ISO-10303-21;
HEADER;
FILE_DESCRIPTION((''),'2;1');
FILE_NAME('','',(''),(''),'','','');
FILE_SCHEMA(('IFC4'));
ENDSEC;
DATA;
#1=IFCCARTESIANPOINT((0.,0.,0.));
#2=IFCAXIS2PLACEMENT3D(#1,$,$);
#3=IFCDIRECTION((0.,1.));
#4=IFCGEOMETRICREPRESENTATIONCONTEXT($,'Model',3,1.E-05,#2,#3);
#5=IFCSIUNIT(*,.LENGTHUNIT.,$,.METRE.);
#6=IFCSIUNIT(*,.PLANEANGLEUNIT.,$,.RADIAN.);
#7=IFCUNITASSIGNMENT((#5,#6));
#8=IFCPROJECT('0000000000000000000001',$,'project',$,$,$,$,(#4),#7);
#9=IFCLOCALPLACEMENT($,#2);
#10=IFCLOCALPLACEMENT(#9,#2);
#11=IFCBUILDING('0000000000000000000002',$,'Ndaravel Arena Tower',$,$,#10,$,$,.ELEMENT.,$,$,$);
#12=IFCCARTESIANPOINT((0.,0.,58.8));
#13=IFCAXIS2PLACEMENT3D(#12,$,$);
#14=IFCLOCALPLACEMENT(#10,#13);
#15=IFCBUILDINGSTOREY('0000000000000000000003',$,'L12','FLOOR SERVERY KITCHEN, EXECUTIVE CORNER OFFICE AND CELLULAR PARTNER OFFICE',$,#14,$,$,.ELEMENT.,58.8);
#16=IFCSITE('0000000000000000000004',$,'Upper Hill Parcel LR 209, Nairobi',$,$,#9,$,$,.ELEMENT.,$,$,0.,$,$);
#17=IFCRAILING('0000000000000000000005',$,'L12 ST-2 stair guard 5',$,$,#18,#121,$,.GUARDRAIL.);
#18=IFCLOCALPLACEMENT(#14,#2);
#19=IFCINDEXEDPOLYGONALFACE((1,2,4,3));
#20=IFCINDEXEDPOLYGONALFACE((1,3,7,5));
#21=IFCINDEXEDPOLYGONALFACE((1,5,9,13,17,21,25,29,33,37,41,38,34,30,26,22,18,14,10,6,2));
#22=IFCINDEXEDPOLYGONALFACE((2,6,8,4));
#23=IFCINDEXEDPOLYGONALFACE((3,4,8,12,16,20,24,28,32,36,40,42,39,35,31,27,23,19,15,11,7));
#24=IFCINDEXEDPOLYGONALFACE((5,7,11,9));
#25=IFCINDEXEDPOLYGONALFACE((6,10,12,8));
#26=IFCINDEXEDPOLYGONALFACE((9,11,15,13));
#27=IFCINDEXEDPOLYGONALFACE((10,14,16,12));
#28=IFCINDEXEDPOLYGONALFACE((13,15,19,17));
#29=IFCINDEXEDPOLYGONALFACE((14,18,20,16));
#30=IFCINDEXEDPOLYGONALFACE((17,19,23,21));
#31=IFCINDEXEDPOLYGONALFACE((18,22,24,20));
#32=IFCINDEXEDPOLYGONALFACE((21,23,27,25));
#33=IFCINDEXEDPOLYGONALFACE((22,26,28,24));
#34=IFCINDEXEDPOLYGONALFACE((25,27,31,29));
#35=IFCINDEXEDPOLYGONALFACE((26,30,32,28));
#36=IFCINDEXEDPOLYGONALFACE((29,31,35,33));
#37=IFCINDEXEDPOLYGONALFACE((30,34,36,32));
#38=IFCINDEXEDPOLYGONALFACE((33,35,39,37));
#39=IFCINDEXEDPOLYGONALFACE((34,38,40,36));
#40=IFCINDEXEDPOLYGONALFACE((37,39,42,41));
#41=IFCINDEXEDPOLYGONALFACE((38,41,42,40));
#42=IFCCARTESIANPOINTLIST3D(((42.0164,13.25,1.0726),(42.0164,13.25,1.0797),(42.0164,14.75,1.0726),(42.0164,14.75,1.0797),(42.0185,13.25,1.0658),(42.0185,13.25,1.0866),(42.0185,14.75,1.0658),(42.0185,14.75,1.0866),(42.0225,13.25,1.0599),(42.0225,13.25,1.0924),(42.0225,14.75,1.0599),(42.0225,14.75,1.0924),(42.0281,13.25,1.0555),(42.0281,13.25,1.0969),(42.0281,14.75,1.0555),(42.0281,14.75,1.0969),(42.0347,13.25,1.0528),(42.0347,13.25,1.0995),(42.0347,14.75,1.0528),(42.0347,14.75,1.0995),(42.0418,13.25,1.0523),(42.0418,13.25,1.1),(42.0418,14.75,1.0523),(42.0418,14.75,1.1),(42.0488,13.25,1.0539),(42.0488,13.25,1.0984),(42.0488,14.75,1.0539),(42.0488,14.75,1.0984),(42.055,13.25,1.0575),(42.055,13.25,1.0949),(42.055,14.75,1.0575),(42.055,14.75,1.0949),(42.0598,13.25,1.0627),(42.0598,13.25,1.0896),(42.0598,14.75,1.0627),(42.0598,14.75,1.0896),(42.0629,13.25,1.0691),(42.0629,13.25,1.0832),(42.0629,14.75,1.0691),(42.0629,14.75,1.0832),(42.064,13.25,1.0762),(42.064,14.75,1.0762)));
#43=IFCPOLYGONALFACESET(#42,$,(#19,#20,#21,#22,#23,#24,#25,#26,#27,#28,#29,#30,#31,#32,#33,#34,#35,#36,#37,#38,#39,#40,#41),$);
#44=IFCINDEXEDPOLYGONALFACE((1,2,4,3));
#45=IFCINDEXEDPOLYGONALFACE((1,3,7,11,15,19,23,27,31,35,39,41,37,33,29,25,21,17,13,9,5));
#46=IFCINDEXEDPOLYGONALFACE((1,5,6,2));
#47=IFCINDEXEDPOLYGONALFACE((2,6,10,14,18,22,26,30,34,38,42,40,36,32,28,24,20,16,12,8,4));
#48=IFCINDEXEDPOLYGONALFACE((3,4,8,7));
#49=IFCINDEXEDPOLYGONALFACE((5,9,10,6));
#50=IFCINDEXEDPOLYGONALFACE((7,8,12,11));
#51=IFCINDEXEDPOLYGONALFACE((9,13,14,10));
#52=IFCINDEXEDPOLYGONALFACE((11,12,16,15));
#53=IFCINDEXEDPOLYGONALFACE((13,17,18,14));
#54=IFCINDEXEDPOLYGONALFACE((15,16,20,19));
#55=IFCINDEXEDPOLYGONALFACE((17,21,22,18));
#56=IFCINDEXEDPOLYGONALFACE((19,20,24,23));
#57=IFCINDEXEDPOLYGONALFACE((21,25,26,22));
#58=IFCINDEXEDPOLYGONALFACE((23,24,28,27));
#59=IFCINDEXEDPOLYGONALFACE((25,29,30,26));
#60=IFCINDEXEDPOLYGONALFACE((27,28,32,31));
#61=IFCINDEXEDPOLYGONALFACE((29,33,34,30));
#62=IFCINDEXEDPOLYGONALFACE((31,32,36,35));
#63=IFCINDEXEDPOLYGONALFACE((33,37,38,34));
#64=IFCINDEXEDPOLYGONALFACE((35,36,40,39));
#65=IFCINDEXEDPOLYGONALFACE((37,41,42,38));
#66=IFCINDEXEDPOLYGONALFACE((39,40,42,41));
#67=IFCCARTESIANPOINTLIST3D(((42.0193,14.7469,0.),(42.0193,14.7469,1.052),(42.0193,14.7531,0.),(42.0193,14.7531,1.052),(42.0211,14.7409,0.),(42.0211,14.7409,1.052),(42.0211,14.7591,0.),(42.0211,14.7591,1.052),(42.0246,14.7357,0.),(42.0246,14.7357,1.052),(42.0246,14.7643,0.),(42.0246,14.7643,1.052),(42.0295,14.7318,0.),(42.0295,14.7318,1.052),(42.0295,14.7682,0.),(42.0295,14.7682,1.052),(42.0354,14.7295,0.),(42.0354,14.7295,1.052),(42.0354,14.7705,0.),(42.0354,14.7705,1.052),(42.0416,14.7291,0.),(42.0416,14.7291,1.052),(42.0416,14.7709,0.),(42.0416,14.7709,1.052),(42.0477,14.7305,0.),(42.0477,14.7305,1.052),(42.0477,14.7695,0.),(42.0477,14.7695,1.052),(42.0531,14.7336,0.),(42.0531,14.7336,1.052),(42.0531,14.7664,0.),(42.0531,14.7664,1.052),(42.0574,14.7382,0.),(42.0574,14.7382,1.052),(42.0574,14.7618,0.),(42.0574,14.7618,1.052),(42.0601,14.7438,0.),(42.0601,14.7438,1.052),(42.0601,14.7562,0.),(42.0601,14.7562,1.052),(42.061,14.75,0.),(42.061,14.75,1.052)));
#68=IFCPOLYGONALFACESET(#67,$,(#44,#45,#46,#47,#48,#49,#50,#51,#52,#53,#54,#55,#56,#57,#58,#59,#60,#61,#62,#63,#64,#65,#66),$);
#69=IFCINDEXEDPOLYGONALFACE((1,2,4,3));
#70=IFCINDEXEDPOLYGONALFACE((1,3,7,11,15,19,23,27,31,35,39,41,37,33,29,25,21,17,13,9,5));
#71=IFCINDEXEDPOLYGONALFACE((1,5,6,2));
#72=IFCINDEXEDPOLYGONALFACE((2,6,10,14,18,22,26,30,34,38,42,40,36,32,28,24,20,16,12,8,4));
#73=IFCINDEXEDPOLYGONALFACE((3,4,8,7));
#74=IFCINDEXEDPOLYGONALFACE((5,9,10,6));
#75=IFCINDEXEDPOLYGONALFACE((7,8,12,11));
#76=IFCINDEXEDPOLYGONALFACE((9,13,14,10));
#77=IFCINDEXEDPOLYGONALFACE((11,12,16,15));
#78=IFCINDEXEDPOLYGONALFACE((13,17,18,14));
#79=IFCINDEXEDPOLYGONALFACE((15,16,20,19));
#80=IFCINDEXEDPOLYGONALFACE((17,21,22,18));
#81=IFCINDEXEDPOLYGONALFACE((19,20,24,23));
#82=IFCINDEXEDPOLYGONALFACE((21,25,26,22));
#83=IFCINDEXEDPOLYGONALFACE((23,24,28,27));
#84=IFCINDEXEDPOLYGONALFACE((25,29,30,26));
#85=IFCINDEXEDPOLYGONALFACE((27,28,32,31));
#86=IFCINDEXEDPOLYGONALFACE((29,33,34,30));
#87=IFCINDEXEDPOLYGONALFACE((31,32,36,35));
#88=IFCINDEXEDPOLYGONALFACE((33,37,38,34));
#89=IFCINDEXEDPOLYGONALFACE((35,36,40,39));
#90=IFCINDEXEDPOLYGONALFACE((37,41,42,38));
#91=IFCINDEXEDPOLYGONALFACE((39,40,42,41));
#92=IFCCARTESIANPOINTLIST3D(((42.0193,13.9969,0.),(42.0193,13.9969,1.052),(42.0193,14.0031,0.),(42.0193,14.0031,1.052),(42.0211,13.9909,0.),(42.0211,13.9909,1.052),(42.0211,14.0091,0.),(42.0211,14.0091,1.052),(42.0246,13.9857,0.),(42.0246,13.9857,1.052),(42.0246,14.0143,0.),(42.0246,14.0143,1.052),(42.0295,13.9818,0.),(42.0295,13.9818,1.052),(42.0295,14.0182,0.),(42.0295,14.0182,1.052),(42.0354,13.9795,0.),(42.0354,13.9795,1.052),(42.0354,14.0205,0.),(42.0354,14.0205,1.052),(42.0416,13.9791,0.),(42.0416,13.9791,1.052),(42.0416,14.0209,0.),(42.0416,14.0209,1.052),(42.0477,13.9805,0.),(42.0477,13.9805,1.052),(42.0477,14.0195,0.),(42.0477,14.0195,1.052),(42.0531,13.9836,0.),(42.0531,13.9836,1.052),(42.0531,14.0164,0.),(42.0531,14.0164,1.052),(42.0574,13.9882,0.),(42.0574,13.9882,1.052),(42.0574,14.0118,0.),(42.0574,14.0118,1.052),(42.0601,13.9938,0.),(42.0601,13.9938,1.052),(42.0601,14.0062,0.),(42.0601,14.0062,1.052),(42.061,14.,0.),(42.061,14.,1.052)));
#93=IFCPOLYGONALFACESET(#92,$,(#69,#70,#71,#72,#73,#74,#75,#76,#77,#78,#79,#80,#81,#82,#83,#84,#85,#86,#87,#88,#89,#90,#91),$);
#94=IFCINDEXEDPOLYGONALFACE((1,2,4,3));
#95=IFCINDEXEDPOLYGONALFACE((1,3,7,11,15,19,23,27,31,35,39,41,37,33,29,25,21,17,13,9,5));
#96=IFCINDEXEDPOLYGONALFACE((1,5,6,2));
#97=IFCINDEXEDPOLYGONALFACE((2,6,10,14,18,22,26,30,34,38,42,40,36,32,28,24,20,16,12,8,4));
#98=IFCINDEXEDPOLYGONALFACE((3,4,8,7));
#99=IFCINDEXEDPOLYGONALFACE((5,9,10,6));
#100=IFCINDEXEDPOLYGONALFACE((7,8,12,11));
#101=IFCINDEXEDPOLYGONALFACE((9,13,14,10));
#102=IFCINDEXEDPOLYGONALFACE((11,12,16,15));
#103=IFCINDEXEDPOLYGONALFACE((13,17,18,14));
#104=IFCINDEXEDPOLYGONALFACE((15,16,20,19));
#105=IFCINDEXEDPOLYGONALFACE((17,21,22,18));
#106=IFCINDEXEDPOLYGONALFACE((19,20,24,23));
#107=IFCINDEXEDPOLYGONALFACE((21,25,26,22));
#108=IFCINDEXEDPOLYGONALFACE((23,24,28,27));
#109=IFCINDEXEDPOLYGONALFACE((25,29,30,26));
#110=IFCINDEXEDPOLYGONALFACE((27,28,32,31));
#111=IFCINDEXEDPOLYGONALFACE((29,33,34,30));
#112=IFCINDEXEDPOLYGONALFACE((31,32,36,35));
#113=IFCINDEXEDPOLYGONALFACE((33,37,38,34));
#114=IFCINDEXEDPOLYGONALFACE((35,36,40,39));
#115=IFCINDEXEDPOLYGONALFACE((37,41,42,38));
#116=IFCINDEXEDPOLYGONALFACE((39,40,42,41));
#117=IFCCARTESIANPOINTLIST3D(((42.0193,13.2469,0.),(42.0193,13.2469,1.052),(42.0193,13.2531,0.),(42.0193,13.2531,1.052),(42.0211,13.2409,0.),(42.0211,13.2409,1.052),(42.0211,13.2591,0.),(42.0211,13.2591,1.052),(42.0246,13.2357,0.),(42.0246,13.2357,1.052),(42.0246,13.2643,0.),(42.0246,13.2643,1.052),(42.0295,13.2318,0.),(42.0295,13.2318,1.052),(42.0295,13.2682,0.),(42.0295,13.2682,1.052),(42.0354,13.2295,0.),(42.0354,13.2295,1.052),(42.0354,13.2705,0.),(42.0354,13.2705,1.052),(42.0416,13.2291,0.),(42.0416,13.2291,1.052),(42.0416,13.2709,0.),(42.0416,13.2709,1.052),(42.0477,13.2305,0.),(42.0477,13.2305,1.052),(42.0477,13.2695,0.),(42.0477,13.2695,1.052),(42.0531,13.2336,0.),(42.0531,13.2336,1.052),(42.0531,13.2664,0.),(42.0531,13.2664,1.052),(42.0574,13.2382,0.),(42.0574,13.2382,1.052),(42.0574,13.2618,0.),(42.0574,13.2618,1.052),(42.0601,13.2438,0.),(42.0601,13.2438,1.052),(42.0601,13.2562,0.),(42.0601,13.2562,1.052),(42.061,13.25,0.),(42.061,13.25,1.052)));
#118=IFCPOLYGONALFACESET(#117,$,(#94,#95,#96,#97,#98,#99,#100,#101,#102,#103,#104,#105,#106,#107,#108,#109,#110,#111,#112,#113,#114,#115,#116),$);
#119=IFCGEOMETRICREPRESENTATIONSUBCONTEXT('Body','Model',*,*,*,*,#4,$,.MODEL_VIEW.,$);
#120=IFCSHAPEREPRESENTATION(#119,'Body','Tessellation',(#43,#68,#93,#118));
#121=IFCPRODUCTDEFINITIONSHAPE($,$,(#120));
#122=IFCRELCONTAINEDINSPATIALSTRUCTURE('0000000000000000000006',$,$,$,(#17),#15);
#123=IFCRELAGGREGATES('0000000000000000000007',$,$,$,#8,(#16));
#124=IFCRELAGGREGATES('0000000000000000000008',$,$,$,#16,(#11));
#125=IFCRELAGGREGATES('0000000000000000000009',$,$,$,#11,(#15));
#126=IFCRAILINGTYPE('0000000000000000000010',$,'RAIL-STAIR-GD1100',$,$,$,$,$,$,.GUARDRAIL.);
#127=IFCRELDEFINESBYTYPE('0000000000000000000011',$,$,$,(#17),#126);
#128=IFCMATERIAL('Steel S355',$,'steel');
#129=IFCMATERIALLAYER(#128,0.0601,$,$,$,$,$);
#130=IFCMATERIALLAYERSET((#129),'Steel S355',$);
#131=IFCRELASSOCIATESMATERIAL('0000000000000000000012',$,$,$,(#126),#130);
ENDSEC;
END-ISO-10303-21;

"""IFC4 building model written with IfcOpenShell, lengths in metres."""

from ifc_helpers import new_model, si_unit, direction, frame, origin, origin_2d, place, context, subcontext, project, spatial, circle, extrude, material, layer, layer_set, type_object, element, save


model = new_model("IFC4")

# Units and contexts
model_context = context("Model", 3, precision=1e-05, world=origin(), true_north=direction((0.0, 1.0)))
body_context = subcontext(model_context, "Body", "Model", "MODEL_VIEW")
ifc_project = project(units=[si_unit("LENGTHUNIT", "METRE"), si_unit("PLANEANGLEUNIT", "RADIAN")], contexts=[model_context])

# Site, building, storey
site_placement = place(None, origin())
site = spatial("IfcSite", under=ifc_project, at=site_placement, Name="Upper Hill Parcel LR 209, Nairobi", CompositionType="ELEMENT", RefElevation=0.0)
building_placement = place(site_placement, origin())
building = spatial("IfcBuilding", under=site, at=building_placement, Name="Ndaravel Arena Tower", CompositionType="ELEMENT")
storey_placement = place(building_placement, frame((0.0, 0.0, 58.8)))
storey = spatial("IfcBuildingStorey", under=building, at=storey_placement, Name="L12", Description="FLOOR SERVERY KITCHEN, EXECUTIVE CORNER OFFICE AND CELLULAR PARTNER OFFICE", CompositionType="ELEMENT", Elevation=58.8)

# Railing
ifc_material_1 = material(Name="Steel S355", Category="steel")
ifc_layer_1 = layer(ifc_material_1, 0.0601)
ifc_layer_set_1 = layer_set([ifc_layer_1], Name="Steel S355")
railing_type = type_object("IfcRailingType", Name="RAIL-STAIR-GD1100", PredefinedType="GUARDRAIL", material=ifc_layer_set_1)
for number, where, name in (
    (1, (42.04, 14.75, 0.0), "L12 ST-2 stair guard 5"),
):
    element("IfcRailing", number, at=place(storey_placement, frame(where)), inside=storey, type_object=railing_type, Name=name, PredefinedType="GUARDRAIL", context=body_context, shape_type="SweptSolid", body=[
        extrude(circle(Radius=0.0239, at=origin_2d()), frame((0.0, 0.0, 1.0762), z_axis=(0.0, -1.0, 0.0), x_axis=(1.0, 0.0, 0.0)), (0.0, 0.0, 1.0), 1.5),
        extrude(circle(Radius=0.021, at=origin_2d()), origin(), (0.0, 0.0, 1.0), 1.052),
        extrude(circle(Radius=0.021, at=origin_2d()), frame((0.0, -0.75, 0.0)), (0.0, 0.0, 1.0), 1.052),
        extrude(circle(Radius=0.021, at=origin_2d()), frame((0.0, -1.5, 0.0)), (0.0, 0.0, 1.0), 1.052),
    ])

save(model, "model.ifc")
